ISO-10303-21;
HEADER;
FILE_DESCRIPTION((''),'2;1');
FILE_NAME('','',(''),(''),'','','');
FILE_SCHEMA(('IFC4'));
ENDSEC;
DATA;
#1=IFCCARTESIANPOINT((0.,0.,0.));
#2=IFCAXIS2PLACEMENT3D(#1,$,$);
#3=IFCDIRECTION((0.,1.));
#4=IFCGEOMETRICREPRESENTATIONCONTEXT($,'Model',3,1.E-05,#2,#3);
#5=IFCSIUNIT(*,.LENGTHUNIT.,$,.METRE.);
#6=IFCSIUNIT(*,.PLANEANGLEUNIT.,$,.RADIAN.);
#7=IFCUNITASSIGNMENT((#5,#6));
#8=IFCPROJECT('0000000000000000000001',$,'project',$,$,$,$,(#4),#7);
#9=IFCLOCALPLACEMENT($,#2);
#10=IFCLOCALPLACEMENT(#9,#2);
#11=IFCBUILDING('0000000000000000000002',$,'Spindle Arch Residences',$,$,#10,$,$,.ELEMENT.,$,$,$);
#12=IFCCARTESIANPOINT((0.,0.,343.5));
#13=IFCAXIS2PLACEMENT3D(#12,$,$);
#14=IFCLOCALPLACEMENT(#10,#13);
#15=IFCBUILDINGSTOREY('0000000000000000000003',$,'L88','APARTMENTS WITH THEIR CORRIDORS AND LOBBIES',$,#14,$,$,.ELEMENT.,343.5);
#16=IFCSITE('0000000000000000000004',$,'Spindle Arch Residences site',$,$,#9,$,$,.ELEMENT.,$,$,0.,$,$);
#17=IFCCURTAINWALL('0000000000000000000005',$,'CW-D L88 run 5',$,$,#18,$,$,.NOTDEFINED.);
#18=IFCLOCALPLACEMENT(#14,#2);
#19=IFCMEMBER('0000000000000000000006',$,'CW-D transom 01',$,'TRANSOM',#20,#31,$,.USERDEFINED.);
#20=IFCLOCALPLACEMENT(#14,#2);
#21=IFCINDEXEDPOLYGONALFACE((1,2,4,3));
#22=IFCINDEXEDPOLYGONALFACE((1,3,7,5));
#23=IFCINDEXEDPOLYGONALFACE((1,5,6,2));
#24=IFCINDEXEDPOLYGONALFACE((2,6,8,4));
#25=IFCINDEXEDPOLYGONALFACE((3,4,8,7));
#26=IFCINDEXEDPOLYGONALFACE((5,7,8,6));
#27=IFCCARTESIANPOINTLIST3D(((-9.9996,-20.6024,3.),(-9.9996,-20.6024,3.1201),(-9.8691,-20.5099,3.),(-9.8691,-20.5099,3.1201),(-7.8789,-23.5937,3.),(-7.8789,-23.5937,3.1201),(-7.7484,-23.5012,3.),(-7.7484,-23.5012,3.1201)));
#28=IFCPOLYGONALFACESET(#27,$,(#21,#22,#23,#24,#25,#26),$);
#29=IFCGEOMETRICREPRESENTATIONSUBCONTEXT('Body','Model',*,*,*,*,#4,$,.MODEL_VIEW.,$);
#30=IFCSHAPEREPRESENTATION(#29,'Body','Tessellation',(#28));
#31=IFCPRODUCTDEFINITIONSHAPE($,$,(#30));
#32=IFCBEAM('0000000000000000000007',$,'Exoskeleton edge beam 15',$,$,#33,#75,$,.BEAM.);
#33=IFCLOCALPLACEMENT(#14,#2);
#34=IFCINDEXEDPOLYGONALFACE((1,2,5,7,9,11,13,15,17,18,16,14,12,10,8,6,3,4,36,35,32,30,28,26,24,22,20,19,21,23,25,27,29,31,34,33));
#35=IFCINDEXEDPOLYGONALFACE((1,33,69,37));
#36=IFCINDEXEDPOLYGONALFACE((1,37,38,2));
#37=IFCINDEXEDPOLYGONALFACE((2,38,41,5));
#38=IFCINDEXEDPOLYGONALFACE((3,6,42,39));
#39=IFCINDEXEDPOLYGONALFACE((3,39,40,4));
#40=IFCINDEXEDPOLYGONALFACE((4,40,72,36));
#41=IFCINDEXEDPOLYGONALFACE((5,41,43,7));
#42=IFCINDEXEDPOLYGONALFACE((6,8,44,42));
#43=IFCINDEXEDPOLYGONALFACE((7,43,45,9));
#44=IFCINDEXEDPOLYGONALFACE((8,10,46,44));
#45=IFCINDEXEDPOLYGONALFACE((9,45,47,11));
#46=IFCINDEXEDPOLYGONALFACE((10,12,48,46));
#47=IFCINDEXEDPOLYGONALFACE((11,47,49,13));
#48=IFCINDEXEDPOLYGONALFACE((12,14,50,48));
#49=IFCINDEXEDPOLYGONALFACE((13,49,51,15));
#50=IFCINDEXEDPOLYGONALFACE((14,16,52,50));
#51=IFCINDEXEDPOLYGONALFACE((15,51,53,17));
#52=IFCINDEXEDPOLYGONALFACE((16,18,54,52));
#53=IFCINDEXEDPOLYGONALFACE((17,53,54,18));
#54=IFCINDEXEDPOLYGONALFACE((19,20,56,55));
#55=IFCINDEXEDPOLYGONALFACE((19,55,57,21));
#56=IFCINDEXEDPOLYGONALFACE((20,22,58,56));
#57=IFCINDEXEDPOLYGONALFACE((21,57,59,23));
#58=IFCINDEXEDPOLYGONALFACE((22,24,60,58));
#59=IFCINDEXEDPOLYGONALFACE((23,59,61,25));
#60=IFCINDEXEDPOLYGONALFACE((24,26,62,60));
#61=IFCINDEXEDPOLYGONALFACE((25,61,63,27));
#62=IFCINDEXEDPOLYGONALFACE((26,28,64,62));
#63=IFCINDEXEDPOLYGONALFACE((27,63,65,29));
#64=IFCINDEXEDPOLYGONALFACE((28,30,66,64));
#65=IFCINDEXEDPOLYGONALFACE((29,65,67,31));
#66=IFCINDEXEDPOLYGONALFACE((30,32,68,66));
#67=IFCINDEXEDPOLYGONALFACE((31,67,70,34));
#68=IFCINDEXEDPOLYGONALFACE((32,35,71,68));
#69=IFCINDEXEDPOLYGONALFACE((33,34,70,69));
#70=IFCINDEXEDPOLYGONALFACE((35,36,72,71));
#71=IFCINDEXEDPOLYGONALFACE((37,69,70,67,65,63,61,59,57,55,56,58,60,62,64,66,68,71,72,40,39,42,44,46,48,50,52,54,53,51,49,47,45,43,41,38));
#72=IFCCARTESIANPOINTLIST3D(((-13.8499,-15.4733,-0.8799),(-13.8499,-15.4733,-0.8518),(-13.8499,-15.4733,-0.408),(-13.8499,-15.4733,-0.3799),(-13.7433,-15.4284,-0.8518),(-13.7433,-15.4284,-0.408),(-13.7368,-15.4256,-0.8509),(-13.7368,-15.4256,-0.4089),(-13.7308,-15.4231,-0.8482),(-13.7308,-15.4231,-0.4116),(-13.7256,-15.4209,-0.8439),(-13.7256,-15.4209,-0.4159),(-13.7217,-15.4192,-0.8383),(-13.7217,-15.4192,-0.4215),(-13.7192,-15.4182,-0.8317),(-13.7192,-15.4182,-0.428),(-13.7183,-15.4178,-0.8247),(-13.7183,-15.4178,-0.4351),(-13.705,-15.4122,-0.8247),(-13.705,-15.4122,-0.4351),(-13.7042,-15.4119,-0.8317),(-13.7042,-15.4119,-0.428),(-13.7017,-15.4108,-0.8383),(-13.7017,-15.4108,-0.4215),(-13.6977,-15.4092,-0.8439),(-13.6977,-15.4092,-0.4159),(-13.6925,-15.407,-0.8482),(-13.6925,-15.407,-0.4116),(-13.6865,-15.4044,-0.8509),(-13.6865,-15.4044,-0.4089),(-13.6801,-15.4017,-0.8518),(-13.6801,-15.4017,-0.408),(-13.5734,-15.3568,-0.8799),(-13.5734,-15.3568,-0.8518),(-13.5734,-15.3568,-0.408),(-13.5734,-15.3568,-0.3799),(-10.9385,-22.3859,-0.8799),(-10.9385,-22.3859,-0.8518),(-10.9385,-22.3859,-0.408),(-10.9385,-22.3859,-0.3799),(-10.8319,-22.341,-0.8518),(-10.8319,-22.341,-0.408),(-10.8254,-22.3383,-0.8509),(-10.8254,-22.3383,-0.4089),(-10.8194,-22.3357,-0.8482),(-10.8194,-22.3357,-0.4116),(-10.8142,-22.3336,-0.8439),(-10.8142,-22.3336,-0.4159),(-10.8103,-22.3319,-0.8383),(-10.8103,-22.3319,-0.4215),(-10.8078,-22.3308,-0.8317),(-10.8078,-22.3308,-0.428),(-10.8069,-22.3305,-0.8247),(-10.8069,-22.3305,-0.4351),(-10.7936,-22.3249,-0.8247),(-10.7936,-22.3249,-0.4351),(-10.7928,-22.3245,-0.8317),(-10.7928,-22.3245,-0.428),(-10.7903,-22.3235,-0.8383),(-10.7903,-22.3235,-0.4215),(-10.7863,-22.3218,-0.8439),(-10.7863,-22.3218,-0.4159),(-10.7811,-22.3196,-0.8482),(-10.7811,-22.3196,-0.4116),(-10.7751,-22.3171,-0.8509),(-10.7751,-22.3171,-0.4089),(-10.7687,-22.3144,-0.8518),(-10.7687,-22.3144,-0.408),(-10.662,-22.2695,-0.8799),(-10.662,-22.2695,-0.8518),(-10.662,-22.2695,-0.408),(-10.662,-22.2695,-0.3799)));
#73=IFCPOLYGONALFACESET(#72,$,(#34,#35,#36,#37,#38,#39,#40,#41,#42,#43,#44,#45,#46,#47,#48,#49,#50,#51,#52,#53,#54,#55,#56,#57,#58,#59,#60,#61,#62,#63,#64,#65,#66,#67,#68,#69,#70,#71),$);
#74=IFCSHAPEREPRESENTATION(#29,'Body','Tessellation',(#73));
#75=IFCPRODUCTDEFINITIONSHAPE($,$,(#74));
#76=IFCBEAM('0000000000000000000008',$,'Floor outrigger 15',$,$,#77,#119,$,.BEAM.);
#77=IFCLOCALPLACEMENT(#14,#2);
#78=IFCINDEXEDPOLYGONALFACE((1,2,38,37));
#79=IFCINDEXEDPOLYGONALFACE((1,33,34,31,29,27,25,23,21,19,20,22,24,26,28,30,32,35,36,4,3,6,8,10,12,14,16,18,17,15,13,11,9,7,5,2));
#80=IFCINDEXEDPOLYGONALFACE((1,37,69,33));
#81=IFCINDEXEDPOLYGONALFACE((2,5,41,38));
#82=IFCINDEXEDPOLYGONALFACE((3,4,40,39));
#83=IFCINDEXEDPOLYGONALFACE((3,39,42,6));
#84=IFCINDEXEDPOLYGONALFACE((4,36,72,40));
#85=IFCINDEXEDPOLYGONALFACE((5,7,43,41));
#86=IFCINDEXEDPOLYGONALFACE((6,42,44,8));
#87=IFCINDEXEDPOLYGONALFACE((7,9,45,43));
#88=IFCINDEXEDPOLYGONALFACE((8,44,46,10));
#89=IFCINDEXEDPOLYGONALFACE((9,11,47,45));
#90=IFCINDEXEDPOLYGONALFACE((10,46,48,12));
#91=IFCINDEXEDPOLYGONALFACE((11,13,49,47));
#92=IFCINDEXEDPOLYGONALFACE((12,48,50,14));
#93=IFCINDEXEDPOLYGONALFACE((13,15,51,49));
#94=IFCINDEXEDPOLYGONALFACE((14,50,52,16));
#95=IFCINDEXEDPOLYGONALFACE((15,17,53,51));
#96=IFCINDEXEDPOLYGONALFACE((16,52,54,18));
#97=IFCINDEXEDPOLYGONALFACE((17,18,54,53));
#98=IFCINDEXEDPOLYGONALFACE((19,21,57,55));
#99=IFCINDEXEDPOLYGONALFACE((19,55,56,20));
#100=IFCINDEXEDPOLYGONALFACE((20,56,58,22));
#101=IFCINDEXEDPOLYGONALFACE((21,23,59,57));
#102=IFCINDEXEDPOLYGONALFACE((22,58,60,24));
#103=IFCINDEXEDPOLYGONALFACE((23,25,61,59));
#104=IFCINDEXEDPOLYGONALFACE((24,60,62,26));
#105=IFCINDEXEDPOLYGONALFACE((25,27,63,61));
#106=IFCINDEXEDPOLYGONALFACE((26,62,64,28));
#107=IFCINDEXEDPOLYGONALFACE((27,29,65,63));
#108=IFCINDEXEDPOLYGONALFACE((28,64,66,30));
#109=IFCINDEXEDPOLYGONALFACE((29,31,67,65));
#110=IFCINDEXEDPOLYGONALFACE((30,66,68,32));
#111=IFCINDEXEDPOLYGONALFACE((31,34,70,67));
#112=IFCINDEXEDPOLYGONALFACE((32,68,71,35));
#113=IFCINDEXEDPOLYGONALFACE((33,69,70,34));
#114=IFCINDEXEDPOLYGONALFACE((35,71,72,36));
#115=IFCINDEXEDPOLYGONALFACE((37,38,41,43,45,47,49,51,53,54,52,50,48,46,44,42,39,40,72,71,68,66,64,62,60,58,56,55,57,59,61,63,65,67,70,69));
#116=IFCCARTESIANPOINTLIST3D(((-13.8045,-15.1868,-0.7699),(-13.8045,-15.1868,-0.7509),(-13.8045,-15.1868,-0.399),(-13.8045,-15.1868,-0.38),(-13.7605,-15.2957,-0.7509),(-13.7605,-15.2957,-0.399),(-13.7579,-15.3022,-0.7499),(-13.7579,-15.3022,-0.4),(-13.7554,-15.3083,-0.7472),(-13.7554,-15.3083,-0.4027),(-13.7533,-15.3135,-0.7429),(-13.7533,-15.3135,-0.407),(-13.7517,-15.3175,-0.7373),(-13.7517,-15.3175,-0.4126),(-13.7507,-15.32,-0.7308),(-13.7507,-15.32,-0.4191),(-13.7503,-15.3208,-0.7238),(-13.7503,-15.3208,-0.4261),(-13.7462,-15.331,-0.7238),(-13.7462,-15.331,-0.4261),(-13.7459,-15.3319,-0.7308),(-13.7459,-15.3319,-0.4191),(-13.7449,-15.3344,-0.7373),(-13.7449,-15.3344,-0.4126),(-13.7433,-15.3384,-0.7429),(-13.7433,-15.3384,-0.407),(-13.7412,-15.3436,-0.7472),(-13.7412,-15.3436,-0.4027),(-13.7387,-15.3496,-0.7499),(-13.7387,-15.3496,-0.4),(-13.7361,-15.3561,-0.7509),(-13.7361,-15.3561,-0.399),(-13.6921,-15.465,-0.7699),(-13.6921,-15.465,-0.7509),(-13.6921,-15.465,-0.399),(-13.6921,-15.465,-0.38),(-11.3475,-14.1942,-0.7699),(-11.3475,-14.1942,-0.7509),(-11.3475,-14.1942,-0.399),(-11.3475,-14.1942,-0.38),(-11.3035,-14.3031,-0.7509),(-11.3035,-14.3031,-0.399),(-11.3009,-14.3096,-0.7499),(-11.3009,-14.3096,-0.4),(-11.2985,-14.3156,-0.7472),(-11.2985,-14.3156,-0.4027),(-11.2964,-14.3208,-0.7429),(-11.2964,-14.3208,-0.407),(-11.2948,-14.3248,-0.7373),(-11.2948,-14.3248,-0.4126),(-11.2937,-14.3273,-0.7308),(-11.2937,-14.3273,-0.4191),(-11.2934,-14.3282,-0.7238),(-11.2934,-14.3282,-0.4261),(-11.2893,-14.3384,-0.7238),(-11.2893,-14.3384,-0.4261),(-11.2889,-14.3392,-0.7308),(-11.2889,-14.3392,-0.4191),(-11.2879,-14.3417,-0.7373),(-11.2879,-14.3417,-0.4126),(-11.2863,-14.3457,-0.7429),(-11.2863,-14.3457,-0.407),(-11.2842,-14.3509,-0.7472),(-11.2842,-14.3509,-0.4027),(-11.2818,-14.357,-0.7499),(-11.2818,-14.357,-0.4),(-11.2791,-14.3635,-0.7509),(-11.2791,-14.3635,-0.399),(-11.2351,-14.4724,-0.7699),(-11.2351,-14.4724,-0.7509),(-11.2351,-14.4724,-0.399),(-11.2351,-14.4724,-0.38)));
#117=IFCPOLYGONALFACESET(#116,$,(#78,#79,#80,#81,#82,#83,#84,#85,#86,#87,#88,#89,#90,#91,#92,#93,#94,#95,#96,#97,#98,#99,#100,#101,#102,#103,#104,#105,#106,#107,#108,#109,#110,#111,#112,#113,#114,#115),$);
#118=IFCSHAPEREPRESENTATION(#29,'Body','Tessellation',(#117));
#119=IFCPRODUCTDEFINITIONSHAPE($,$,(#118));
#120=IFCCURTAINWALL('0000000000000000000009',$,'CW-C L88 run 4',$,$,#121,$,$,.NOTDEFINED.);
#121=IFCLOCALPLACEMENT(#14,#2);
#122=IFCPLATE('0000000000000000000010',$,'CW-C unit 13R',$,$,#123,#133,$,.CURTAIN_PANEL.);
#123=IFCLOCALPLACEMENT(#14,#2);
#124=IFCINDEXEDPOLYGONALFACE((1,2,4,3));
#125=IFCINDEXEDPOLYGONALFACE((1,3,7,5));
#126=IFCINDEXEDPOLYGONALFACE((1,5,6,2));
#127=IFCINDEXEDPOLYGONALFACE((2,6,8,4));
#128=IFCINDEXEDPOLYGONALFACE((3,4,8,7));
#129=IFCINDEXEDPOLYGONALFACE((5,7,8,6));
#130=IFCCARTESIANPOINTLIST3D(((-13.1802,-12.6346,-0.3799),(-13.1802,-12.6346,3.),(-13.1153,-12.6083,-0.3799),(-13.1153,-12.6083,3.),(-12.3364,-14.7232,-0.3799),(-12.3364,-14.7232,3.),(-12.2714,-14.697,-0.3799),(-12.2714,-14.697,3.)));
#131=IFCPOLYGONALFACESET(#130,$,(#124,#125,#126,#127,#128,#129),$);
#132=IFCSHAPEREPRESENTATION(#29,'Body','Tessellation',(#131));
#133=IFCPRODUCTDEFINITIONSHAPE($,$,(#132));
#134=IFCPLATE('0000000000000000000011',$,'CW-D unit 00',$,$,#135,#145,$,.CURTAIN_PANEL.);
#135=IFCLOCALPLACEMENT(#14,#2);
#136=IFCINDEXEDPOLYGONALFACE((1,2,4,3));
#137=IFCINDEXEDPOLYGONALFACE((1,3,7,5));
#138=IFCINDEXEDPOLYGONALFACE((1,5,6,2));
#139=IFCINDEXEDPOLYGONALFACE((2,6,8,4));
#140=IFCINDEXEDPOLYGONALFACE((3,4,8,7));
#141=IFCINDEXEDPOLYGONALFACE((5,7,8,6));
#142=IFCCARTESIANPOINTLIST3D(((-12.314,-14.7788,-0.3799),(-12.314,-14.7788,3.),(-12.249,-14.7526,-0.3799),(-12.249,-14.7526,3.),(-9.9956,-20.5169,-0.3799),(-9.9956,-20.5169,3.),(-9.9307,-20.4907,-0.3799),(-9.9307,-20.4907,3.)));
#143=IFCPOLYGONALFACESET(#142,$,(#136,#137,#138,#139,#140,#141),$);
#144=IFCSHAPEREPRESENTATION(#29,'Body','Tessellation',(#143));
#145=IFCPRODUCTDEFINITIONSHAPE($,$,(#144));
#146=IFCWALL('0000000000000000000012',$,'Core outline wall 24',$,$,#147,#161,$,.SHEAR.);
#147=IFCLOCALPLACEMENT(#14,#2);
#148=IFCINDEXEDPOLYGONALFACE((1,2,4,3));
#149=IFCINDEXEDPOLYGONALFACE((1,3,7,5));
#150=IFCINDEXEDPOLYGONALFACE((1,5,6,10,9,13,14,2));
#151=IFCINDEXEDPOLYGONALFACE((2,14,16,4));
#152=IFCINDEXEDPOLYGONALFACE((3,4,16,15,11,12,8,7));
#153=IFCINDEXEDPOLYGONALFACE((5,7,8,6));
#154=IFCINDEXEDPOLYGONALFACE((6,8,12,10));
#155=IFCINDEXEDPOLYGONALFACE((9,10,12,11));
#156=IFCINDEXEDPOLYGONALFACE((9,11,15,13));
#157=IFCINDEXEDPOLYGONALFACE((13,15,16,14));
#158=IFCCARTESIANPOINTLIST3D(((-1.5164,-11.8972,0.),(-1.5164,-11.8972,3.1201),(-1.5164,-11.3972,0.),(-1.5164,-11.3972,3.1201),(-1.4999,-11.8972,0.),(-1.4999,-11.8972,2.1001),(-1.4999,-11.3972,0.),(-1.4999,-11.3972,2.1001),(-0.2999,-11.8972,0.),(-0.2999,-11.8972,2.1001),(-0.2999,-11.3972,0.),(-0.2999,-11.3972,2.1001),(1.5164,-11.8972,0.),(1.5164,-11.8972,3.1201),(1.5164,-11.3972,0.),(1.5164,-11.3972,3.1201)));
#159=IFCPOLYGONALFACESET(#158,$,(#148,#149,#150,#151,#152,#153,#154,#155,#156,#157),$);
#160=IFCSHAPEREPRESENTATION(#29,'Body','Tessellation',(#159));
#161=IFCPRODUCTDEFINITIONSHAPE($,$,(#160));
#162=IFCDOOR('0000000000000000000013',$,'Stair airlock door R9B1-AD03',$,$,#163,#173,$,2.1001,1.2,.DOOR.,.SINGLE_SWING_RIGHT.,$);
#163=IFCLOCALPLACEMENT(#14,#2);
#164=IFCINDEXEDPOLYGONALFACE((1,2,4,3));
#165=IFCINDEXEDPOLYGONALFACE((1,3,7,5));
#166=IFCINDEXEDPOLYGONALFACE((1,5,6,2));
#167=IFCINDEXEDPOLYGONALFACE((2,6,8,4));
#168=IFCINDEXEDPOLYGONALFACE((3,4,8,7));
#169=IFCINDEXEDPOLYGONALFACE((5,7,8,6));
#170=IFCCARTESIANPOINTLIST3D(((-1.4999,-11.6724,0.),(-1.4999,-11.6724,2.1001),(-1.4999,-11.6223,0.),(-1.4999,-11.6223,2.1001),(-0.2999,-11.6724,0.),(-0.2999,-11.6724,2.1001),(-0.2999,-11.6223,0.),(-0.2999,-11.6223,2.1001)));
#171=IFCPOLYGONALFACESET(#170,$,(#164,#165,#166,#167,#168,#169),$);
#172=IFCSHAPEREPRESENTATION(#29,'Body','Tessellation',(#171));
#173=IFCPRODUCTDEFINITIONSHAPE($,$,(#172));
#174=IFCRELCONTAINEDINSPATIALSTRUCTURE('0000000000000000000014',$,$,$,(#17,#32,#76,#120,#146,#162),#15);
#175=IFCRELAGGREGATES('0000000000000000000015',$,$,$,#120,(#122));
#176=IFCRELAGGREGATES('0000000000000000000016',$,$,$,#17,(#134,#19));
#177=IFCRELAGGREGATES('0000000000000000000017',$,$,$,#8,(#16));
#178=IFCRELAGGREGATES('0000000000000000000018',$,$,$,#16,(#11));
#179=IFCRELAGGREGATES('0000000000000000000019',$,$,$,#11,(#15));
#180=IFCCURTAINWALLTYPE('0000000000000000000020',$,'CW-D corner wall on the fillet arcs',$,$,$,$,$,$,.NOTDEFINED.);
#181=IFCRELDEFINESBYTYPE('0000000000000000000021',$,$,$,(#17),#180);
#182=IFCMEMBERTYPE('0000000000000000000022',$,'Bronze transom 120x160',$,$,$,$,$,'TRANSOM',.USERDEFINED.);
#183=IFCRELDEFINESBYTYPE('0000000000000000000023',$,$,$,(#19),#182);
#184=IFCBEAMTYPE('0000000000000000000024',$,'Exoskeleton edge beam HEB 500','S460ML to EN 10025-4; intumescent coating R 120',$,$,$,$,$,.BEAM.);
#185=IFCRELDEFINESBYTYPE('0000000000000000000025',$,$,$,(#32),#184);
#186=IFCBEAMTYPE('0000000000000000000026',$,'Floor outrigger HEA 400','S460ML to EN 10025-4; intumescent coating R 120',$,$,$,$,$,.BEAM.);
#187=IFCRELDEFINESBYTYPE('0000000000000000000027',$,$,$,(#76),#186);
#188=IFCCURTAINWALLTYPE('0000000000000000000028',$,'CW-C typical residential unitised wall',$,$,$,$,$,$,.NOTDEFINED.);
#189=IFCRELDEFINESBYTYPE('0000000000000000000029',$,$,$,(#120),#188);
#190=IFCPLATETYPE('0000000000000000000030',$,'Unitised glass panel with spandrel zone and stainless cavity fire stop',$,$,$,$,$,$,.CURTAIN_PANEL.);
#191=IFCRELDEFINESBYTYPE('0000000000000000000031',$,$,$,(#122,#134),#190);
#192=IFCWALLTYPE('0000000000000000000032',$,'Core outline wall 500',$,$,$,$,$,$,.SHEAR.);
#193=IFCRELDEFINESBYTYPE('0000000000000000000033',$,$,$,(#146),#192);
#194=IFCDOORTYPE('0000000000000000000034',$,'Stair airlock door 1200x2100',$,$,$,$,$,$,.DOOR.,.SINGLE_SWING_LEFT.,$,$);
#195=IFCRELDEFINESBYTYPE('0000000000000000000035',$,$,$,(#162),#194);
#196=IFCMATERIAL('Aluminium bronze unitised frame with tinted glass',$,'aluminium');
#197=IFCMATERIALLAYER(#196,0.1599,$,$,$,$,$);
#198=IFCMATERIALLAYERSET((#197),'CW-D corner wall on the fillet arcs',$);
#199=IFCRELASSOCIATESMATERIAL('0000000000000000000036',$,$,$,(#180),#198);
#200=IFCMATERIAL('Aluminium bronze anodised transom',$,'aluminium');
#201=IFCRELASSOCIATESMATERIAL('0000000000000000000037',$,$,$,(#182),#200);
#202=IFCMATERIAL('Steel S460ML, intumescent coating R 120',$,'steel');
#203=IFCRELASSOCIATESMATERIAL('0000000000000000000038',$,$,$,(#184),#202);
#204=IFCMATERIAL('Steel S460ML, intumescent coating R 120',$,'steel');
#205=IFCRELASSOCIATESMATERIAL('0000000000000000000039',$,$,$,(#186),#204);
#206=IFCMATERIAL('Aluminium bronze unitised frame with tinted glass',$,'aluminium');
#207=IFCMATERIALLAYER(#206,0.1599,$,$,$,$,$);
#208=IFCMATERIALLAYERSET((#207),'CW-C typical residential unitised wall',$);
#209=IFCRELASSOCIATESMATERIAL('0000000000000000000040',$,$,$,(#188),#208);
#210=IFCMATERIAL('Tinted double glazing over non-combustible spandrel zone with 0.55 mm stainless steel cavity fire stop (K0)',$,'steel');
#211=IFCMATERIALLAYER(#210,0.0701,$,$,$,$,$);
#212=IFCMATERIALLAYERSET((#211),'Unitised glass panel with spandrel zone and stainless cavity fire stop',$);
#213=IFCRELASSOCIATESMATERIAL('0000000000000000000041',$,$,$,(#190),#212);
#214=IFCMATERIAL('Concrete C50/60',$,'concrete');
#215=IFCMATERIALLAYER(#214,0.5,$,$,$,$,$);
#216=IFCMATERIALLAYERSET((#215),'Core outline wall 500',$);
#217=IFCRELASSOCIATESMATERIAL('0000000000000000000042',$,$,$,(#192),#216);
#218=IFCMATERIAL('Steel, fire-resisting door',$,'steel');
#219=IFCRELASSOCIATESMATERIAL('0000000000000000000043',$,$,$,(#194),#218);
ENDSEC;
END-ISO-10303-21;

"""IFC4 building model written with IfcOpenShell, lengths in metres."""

from ifc_helpers import new_model, si_unit, direction, frame, frame_2d, origin, origin_2d, place, context, subcontext, project, spatial, rectangle, i_section, extrude, material, layer, layer_set, material_profile, profile_set, type_object, element, fill, aggregate, save


model = new_model("IFC4")

# Units and contexts
model_context = context("Model", 3, precision=1e-05, world=origin(), true_north=direction((0.0, 1.0)))
body_context = subcontext(model_context, "Body", "Model", "MODEL_VIEW")
ifc_project = project(units=[si_unit("LENGTHUNIT", "METRE"), si_unit("PLANEANGLEUNIT", "RADIAN")], contexts=[model_context])

# Site, building, storey
site_placement = place(None, origin())
site = spatial("IfcSite", under=ifc_project, at=site_placement, Name="Spindle Arch Residences site", CompositionType="ELEMENT", RefElevation=0.0)
building_placement = place(site_placement, origin())
building = spatial("IfcBuilding", under=site, at=building_placement, Name="Spindle Arch Residences", CompositionType="ELEMENT")
storey_placement = place(building_placement, frame((0.0, 0.0, 343.5)))
storey = spatial("IfcBuildingStorey", under=building, at=storey_placement, Name="L88", Description="APARTMENTS WITH THEIR CORRIDORS AND LOBBIES", CompositionType="ELEMENT", Elevation=343.5)

# Curtain wall, member
ifc_material_1 = material(Name="Aluminium bronze unitised frame with tinted glass", Category="aluminium")
ifc_layer_1 = layer(ifc_material_1, 0.1599)
ifc_layer_set_1 = layer_set([ifc_layer_1], Name="CW-D corner wall on the fillet arcs")
curtain_wall_type_1 = type_object("IfcCurtainWallType", Name="CW-D corner wall on the fillet arcs", PredefinedType="NOTDEFINED", material=ifc_layer_set_1)
curtain_wall_1_placement = place(storey_placement, origin())
curtain_wall_1 = element("IfcCurtainWall", 1, at=curtain_wall_1_placement, inside=storey, type_object=curtain_wall_type_1, Name="CW-D L88 run 5", PredefinedType="NOTDEFINED")
ifc_material_2 = material(Name="Aluminium bronze anodised transom", Category="aluminium")
ifc_material_profile_1 = material_profile(ifc_material_2, rectangle(XDim=0.1599, YDim=0.1201, at=origin_2d()), Name="TR 120x160")
ifc_profile_set_1 = profile_set([ifc_material_profile_1], Name="Aluminium bronze anodised transom")
member_type_1 = type_object("IfcMemberType", Name="Bronze transom 120x160", ElementType="TRANSOM", PredefinedType="USERDEFINED", material=ifc_profile_set_1)
member_1_placement = place(storey_placement, frame((-9.9343, -20.5562, 3.0601), z_axis=(0.57835, -0.815789, 0.0), x_axis=(0.815789, 0.57835, 0.0)))
member_1 = element("IfcMember", 2, at=member_1_placement, type_object=member_type_1, Name="CW-D transom 01", ObjectType="TRANSOM", PredefinedType="USERDEFINED", context=body_context, shape_type="SweptSolid", body=[
    extrude(rectangle(XDim=0.1599, YDim=0.1201, at=origin_2d()), origin(), (0.0, 0.0, 1.0), 3.6667),
])

# Beams
ifc_material_3 = material(Name="Steel S460ML, intumescent coating R 120", Category="steel")
ifc_material_profile_2 = material_profile(ifc_material_3, i_section(OverallWidth=0.3, OverallDepth=0.5, WebThickness=0.0144, FlangeThickness=0.0281, FilletRadius=0.0271, at=origin_2d()), Name="HEB 500")
ifc_profile_set_2 = profile_set([ifc_material_profile_2], Name="Steel S460ML, intumescent coating R 120")
beam_type_1 = type_object("IfcBeamType", Name="Exoskeleton edge beam HEB 500", Description="S460ML to EN 10025-4; intumescent coating R 120", PredefinedType="BEAM", material=ifc_profile_set_2)
beam_1_placement = place(storey_placement, frame((-13.7117, -15.415, -0.6299), z_axis=(0.388149, -0.921597, 0.0), x_axis=(0.921597, 0.388149, 0.0)))
element("IfcBeam", 3, at=beam_1_placement, inside=storey, type_object=beam_type_1, Name="Exoskeleton edge beam 15", PredefinedType="BEAM", context=body_context, shape_type="SweptSolid", body=[
    extrude(i_section(OverallWidth=0.3, OverallDepth=0.5, WebThickness=0.0144, FlangeThickness=0.0281, FilletRadius=0.0271, at=origin_2d()), origin(), (0.0, 0.0, 1.0), 7.5007),
])
ifc_material_4 = material(Name="Steel S460ML, intumescent coating R 120", Category="steel")
ifc_material_profile_3 = material_profile(ifc_material_4, i_section(OverallWidth=0.3, OverallDepth=0.3899, WebThickness=0.011, FlangeThickness=0.019, FilletRadius=0.0271, at=origin_2d()), Name="HEA 400")
ifc_profile_set_3 = profile_set([ifc_material_profile_3], Name="Steel S460ML, intumescent coating R 120")
beam_type_2 = type_object("IfcBeamType", Name="Floor outrigger HEA 400", Description="S460ML to EN 10025-4; intumescent coating R 120", PredefinedType="BEAM", material=ifc_profile_set_3)
beam_2_placement = place(storey_placement, frame((-13.7483, -15.3259, -0.575), z_axis=(0.927188, 0.374597, 0.0), x_axis=(-0.374597, 0.927188, 0.0)))
element("IfcBeam", 4, at=beam_2_placement, inside=storey, type_object=beam_type_2, Name="Floor outrigger 15", PredefinedType="BEAM", context=body_context, shape_type="SweptSolid", body=[
    extrude(i_section(OverallWidth=0.3, OverallDepth=0.3899, WebThickness=0.011, FlangeThickness=0.019, FilletRadius=0.0271, at=origin_2d()), origin(), (0.0, 0.0, 1.0), 2.6499),
])

# Curtain wall, plate
ifc_material_5 = material(Name="Aluminium bronze unitised frame with tinted glass", Category="aluminium")
ifc_layer_2 = layer(ifc_material_5, 0.1599)
ifc_layer_set_2 = layer_set([ifc_layer_2], Name="CW-C typical residential unitised wall")
curtain_wall_type_2 = type_object("IfcCurtainWallType", Name="CW-C typical residential unitised wall", PredefinedType="NOTDEFINED", material=ifc_layer_set_2)
curtain_wall_2_placement = place(storey_placement, origin())
curtain_wall_2 = element("IfcCurtainWall", 5, at=curtain_wall_2_placement, inside=storey, type_object=curtain_wall_type_2, Name="CW-C L88 run 4", PredefinedType="NOTDEFINED")
ifc_material_6 = material(Name="Tinted double glazing over non-combustible spandrel zone with 0.55 mm stainless steel cavity fire stop (K0)", Category="steel")
ifc_layer_3 = layer(ifc_material_6, 0.0701)
ifc_layer_set_3 = layer_set([ifc_layer_3], Name="Unitised glass panel with spandrel zone and stainless cavity fire stop")
plate_type = type_object("IfcPlateType", Name="Unitised glass panel with spandrel zone and stainless cavity fire stop", PredefinedType="CURTAIN_PANEL", material=ifc_layer_set_3)
plate_1_placement = place(storey_placement, frame((-12.7258, -13.6658, -0.3799), z_axis=(0.0, 0.0, 1.0), x_axis=(0.374607, -0.927184, 0.0)))
plate_1 = element("IfcPlate", 6, at=plate_1_placement, type_object=plate_type, Name="CW-C unit 13R", PredefinedType="CURTAIN_PANEL", context=body_context, shape_type="SweptSolid", body=[
    extrude(rectangle(XDim=2.2527, YDim=0.0701, at=origin_2d()), origin(), (0.0, 0.0, 1.0), 3.3799),
])
aggregate(curtain_wall_2, [plate_1])

# Plate
plate_2_placement = place(storey_placement, frame((-11.1223, -17.6348, -0.3799), z_axis=(0.0, 0.0, 1.0), x_axis=(0.374607, -0.927184, 0.0)))
plate_2 = element("IfcPlate", 7, at=plate_2_placement, type_object=plate_type, Name="CW-D unit 00", PredefinedType="CURTAIN_PANEL", context=body_context, shape_type="SweptSolid", body=[
    extrude(rectangle(XDim=6.1887, YDim=0.0701, at=origin_2d()), origin(), (0.0, 0.0, 1.0), 3.3799),
])
aggregate(curtain_wall_1, [plate_2, member_1])

# Wall, opening, door
ifc_material_7 = material(Name="Concrete C50/60", Category="concrete")
ifc_layer_4 = layer(ifc_material_7, 0.5)
ifc_layer_set_4 = layer_set([ifc_layer_4], Name="Core outline wall 500")
wall_type_1 = type_object("IfcWallType", Name="Core outline wall 500", PredefinedType="SHEAR", material=ifc_layer_set_4)
wall_1_placement = place(storey_placement, frame((-1.5164, -11.6472, 0.0), z_axis=(0.0, 0.0, 1.0), x_axis=(1.0, 0.0, 0.0)))
wall_1 = element("IfcWall", 8, at=wall_1_placement, inside=storey, type_object=wall_type_1, Name="Core outline wall 24", PredefinedType="SHEAR", context=body_context, shape_type="SweptSolid", body=[
    extrude(rectangle(XDim=3.0327, YDim=0.5, at=frame_2d((1.5164, 0.0))), origin(), (0.0, 0.0, 1.0), 3.1201),
])
opening_1_placement = place(wall_1_placement, frame((0.0164, 0.0, 0.0)))
opening_1 = element("IfcOpeningElement", 9, at=opening_1_placement, cuts=wall_1, PredefinedType="OPENING", context=body_context, shape_type="SweptSolid", body=[
    extrude(rectangle(XDim=1.2, YDim=2.1001, at=frame_2d((0.6001, 1.05))), frame((0.0, 0.26, 0.0), z_axis=(0.0, -1.0, 0.0), x_axis=(1.0, 0.0, 0.0)), (0.0, 0.0, 1.0), 0.52),
])
ifc_material_8 = material(Name="Steel, fire-resisting door", Category="steel")
door_type_1 = type_object("IfcDoorType", Name="Stair airlock door 1200x2100", OperationType="SINGLE_SWING_LEFT", PredefinedType="DOOR", material=ifc_material_8)
door_1_placement = place(opening_1_placement, origin())
door_1 = element("IfcDoor", 10, at=door_1_placement, inside=storey, type_object=door_type_1, Name="Stair airlock door R9B1-AD03", OperationType="SINGLE_SWING_RIGHT", OverallHeight=2.1001, OverallWidth=1.2, PredefinedType="DOOR", context=body_context, shape_type="SweptSolid", body=[
    extrude(rectangle(XDim=1.2, YDim=2.1001, at=frame_2d((0.6001, 1.05))), frame((0.0, 0.0249, 0.0), z_axis=(0.0, -1.0, 0.0), x_axis=(1.0, 0.0, 0.0)), (0.0, 0.0, 1.0), 0.05),
])
fill(opening_1, door_1)

save(model, "model.ifc")
